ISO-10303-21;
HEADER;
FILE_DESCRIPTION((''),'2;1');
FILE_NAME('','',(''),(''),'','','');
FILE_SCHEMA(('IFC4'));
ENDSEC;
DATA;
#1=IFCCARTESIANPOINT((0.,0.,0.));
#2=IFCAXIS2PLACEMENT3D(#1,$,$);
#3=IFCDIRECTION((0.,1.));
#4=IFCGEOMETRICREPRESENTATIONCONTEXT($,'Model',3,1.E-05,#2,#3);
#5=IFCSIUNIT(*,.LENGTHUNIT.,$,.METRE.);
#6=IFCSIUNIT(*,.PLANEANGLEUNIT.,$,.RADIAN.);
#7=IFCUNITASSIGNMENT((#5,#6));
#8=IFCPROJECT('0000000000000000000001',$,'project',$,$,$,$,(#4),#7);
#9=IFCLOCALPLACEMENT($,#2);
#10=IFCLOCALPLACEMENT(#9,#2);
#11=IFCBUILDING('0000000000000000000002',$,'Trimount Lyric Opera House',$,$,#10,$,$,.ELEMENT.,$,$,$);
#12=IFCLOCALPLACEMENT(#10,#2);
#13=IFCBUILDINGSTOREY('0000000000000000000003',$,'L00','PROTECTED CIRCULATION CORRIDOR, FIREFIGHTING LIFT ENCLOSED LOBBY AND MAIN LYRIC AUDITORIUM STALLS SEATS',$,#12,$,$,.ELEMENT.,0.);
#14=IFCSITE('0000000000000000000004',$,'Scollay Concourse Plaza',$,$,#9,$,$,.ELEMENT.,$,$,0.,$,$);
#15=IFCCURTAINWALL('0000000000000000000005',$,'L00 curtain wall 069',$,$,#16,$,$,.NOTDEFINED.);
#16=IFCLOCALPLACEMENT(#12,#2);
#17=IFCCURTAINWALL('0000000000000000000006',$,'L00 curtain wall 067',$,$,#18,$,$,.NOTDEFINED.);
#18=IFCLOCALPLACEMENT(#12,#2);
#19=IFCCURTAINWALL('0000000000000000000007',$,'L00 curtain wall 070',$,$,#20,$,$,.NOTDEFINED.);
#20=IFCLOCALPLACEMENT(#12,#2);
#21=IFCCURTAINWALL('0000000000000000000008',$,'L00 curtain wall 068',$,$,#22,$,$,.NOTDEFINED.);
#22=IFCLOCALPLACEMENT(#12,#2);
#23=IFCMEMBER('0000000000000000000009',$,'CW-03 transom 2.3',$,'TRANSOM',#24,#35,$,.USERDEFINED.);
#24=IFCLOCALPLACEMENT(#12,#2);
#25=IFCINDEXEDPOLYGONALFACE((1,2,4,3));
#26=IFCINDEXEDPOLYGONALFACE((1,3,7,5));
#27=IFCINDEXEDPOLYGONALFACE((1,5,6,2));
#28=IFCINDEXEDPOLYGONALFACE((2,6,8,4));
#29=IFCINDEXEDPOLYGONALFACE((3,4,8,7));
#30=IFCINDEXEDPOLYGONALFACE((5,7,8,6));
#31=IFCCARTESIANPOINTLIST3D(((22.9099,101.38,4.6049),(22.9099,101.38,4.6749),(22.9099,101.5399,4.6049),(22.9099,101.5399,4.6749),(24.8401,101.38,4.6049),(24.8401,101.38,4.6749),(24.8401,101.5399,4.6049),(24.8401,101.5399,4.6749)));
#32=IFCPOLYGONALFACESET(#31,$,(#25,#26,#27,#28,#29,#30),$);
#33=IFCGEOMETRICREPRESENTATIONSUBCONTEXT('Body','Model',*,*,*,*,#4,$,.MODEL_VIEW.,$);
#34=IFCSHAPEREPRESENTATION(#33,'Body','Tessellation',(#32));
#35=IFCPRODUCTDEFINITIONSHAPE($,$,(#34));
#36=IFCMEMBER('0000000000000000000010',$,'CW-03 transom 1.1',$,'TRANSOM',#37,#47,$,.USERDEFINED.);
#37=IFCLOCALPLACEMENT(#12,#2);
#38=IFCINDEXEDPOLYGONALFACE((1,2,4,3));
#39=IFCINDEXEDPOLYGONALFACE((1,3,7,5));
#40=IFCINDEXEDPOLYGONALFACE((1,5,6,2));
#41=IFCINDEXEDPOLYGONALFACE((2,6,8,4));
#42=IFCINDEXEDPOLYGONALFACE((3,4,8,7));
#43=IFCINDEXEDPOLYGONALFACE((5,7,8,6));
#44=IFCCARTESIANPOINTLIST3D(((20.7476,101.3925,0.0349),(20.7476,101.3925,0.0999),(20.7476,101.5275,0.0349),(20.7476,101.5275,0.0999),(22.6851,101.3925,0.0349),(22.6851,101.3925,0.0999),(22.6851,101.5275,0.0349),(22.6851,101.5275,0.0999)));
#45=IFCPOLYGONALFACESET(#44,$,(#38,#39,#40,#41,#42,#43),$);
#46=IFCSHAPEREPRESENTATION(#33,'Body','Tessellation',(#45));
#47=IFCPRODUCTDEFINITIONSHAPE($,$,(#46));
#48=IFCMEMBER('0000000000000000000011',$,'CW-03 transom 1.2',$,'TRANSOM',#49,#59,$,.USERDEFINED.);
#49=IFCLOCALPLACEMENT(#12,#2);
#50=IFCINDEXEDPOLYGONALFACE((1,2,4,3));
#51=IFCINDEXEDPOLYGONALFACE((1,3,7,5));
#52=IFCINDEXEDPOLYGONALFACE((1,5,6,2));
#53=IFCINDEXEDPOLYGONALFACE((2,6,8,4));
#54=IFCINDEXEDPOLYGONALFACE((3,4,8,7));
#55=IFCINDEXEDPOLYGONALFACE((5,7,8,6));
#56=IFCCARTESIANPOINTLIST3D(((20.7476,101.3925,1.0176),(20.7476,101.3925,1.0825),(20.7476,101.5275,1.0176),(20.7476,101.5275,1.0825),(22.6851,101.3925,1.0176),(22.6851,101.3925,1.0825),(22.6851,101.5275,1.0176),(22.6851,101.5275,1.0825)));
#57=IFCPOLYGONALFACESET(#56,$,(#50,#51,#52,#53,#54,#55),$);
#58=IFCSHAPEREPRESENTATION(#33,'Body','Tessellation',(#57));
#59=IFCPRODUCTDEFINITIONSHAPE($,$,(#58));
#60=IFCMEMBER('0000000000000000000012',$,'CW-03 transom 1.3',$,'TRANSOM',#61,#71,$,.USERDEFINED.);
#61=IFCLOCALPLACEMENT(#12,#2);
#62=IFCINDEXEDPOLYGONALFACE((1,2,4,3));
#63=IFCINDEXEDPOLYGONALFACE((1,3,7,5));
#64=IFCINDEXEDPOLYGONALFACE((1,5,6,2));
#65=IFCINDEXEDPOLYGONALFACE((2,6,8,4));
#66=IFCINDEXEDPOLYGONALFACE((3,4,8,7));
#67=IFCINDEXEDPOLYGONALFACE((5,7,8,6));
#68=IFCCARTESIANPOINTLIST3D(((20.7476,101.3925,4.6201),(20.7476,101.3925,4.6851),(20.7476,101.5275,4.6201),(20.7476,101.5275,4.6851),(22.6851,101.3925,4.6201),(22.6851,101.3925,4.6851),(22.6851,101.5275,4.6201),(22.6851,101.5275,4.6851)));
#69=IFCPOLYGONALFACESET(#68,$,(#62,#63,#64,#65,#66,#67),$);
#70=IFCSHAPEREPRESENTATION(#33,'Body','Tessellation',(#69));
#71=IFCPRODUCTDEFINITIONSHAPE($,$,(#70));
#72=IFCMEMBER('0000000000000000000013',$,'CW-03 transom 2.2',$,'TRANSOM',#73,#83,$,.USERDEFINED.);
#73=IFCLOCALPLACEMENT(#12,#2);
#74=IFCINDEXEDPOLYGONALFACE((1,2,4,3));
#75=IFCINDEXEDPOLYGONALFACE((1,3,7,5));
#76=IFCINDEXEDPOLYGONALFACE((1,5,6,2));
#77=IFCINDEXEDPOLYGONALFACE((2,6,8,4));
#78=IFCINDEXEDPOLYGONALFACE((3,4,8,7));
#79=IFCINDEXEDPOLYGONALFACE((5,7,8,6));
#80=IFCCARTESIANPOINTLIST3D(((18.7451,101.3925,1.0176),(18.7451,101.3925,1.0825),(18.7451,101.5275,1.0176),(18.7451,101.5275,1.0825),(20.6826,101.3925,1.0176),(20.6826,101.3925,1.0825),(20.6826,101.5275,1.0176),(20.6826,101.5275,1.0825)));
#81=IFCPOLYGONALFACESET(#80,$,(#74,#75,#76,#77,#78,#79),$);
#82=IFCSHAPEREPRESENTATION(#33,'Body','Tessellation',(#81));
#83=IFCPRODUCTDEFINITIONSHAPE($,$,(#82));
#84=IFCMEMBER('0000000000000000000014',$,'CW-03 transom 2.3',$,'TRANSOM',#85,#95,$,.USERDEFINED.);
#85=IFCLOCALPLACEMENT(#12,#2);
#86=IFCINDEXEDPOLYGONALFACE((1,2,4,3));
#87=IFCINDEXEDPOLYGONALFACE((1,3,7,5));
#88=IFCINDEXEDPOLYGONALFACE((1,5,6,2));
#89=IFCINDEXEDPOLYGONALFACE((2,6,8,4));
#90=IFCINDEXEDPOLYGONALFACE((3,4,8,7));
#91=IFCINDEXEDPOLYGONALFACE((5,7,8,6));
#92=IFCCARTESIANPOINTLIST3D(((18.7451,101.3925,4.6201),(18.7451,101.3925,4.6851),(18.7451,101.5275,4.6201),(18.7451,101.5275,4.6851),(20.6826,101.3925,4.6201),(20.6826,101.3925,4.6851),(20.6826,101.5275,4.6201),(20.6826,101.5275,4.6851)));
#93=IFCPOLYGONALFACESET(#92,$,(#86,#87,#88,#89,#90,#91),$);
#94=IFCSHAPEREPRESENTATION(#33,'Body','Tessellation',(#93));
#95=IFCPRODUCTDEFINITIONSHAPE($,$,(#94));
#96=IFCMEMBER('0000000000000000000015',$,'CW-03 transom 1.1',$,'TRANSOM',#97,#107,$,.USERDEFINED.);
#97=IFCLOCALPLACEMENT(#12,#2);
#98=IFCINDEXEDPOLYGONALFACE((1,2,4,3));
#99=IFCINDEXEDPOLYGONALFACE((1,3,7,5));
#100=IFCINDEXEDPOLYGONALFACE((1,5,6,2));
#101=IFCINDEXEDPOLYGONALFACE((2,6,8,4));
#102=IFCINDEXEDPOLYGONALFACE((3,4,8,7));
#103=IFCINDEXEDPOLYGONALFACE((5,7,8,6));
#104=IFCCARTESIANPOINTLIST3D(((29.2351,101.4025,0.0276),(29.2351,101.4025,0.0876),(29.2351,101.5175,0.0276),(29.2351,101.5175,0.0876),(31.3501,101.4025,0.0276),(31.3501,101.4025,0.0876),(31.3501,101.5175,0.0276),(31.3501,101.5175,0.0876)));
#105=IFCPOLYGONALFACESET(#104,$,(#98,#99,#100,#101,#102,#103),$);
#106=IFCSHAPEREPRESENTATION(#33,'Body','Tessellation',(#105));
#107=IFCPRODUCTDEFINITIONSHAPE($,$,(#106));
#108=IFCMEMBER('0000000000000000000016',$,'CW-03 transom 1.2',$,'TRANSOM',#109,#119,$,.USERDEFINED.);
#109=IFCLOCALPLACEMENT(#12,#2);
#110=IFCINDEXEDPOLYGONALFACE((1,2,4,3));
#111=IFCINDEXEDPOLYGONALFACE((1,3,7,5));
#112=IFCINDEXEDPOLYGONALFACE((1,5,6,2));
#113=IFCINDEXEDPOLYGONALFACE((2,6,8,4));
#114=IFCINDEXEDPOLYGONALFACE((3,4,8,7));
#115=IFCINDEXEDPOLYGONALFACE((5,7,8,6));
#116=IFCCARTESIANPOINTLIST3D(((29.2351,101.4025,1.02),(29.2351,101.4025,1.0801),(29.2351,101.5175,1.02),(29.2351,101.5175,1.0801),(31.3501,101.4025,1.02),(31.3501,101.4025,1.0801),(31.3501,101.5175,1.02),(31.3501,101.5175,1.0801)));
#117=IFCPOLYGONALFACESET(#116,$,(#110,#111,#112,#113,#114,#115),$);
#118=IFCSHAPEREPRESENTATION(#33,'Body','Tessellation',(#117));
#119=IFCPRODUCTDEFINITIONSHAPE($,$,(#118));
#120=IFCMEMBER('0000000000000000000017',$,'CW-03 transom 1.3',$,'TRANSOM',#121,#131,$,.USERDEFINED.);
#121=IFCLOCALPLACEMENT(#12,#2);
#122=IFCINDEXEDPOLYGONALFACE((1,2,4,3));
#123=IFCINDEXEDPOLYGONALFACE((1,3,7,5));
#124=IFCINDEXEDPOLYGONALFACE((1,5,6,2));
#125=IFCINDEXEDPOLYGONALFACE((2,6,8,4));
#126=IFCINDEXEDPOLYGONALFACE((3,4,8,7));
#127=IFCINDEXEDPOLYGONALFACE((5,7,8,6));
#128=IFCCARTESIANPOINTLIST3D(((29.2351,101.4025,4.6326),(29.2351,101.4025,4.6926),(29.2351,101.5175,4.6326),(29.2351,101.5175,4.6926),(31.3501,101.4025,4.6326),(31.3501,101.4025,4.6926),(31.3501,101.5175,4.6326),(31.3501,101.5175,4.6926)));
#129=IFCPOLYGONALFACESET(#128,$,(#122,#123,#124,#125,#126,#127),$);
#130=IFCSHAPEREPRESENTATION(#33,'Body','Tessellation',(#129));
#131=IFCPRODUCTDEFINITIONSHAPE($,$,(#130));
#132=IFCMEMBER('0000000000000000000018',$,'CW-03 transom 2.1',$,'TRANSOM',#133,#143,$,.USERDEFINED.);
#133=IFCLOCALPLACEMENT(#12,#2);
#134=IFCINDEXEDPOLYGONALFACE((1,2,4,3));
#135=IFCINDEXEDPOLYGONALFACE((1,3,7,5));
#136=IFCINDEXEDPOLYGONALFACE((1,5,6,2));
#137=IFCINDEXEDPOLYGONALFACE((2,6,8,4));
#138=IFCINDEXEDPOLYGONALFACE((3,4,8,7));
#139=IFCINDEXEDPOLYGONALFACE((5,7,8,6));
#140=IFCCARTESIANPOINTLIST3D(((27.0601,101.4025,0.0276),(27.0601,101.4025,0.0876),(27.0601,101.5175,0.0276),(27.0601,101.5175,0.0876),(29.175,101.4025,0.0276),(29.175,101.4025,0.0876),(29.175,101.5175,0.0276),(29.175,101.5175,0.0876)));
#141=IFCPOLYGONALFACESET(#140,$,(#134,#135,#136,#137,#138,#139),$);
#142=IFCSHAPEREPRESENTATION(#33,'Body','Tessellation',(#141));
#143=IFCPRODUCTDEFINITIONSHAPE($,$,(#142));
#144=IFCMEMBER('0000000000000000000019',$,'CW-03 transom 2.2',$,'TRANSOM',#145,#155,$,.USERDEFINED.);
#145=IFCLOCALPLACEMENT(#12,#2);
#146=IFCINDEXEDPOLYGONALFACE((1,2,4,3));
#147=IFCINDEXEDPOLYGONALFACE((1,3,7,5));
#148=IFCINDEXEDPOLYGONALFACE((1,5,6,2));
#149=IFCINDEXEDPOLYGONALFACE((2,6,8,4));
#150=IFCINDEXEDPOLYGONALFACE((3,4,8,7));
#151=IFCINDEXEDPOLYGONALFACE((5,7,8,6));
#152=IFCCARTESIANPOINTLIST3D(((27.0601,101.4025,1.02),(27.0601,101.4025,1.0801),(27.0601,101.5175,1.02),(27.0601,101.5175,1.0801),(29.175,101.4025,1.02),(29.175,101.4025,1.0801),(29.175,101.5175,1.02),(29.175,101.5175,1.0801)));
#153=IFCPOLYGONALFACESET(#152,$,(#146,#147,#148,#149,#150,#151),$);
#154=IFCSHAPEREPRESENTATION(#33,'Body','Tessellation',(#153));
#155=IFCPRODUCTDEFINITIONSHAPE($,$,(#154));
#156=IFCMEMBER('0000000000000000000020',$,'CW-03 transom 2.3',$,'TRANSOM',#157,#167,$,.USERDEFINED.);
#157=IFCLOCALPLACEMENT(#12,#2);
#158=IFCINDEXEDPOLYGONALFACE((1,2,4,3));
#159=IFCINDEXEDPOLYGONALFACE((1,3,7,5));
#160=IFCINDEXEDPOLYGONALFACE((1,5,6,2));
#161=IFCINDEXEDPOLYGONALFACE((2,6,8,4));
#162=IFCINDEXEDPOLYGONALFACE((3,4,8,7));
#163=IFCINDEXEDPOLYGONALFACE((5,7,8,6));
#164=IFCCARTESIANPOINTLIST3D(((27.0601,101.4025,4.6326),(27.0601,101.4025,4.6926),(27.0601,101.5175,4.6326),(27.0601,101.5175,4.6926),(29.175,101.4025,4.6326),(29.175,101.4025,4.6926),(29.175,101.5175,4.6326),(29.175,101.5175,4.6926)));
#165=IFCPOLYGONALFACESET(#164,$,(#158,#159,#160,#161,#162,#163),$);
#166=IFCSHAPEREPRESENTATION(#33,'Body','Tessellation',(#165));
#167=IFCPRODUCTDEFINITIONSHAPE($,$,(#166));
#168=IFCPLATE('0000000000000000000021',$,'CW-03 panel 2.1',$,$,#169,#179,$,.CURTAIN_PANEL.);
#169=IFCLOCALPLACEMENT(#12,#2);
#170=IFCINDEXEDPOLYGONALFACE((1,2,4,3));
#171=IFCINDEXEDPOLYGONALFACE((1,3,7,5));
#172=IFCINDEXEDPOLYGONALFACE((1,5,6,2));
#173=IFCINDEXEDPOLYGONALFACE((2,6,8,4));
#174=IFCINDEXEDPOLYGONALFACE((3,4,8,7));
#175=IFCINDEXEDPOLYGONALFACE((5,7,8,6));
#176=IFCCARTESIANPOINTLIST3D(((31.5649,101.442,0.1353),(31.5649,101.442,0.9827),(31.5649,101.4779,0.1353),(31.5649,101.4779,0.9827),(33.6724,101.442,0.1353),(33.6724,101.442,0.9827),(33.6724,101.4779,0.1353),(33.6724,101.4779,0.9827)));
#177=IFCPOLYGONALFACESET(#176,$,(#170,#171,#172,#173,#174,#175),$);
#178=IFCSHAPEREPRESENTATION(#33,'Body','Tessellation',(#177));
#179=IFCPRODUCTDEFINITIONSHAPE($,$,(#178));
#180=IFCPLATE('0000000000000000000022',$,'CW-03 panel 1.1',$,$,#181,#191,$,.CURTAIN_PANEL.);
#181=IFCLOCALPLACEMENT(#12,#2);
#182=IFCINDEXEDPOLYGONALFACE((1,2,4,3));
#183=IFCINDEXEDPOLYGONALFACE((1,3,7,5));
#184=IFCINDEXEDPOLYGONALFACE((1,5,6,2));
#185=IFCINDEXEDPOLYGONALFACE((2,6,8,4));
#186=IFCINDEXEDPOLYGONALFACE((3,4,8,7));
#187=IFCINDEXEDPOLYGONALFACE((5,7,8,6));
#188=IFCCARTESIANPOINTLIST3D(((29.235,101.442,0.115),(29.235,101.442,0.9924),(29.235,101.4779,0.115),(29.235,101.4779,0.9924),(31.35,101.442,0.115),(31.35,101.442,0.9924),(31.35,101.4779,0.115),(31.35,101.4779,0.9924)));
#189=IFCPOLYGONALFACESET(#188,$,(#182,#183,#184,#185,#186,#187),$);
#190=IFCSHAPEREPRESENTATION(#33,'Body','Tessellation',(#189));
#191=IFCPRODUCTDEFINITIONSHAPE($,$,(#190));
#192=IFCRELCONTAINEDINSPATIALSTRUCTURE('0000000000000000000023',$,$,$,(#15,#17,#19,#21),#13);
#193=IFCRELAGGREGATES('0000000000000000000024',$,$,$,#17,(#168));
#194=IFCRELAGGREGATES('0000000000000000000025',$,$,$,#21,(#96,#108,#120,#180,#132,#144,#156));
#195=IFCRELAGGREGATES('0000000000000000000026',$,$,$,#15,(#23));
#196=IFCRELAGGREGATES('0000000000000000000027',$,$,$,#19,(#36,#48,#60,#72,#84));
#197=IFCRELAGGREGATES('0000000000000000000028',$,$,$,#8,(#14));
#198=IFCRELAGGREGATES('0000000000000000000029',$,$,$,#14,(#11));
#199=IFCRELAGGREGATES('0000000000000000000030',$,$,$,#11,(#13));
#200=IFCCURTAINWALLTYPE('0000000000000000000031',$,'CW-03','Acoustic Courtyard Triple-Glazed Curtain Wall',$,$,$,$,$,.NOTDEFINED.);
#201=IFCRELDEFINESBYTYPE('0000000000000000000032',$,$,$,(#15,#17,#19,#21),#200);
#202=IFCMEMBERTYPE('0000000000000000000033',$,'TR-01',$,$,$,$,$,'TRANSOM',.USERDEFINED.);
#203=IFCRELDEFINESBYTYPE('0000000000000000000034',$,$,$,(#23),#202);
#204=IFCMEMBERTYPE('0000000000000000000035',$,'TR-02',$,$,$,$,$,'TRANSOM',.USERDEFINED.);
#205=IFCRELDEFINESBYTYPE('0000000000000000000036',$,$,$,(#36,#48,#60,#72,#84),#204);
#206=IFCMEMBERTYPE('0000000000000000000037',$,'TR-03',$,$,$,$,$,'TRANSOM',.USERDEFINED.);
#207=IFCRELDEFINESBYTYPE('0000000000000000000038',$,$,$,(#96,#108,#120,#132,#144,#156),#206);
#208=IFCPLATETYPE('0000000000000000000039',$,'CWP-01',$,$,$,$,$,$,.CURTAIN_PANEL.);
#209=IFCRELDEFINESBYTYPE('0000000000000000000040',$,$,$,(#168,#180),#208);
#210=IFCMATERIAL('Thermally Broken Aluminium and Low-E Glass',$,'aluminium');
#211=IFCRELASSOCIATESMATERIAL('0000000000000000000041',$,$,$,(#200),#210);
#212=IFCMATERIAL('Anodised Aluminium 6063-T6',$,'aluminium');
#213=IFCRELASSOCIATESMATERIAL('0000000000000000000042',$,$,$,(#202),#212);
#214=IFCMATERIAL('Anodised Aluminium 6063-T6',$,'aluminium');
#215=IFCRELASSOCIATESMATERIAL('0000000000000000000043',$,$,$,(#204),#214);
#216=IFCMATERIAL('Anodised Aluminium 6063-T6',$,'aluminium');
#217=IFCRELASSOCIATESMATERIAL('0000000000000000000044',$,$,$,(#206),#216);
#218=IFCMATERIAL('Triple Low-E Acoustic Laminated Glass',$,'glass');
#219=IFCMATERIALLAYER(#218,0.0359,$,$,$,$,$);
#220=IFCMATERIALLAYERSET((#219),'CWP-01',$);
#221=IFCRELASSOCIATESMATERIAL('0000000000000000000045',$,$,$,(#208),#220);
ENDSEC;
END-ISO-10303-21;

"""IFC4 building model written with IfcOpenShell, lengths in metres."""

from ifc_helpers import new_model, si_unit, direction, frame, origin, origin_2d, place, context, subcontext, project, spatial, rectangle, extrude, material, layer, layer_set, material_profile, profile_set, type_object, element, aggregate, save


model = new_model("IFC4")

# Units and contexts
model_context = context("Model", 3, precision=1e-05, world=origin(), true_north=direction((0.0, 1.0)))
body_context = subcontext(model_context, "Body", "Model", "MODEL_VIEW")
ifc_project = project(units=[si_unit("LENGTHUNIT", "METRE"), si_unit("PLANEANGLEUNIT", "RADIAN")], contexts=[model_context])

# Site, building, storey
site_placement = place(None, origin())
site = spatial("IfcSite", under=ifc_project, at=site_placement, Name="Scollay Concourse Plaza", CompositionType="ELEMENT", RefElevation=0.0)
building_placement = place(site_placement, origin())
building = spatial("IfcBuilding", under=site, at=building_placement, Name="Trimount Lyric Opera House", CompositionType="ELEMENT")
storey_placement = place(building_placement, origin())
storey = spatial("IfcBuildingStorey", under=building, at=storey_placement, Name="L00", Description="PROTECTED CIRCULATION CORRIDOR, FIREFIGHTING LIFT ENCLOSED LOBBY AND MAIN LYRIC AUDITORIUM STALLS SEATS", CompositionType="ELEMENT", Elevation=0.0)

# Curtain wall
ifc_material_1 = material(Name="Thermally Broken Aluminium and Low-E Glass", Category="aluminium")
curtain_wall_type = type_object("IfcCurtainWallType", Name="CW-03", Description="Acoustic Courtyard Triple-Glazed Curtain Wall", PredefinedType="NOTDEFINED", material=ifc_material_1)
curtain_wall_1_placement = place(storey_placement, origin())
curtain_wall_1 = element("IfcCurtainWall", 1, at=curtain_wall_1_placement, inside=storey, type_object=curtain_wall_type, Name="L00 curtain wall 069", PredefinedType="NOTDEFINED")

# Curtain wall
curtain_wall_2_placement = place(storey_placement, origin())
curtain_wall_2 = element("IfcCurtainWall", 2, at=curtain_wall_2_placement, inside=storey, type_object=curtain_wall_type, Name="L00 curtain wall 067", PredefinedType="NOTDEFINED")

# Curtain walls
curtain_wall_3_placement = place(storey_placement, origin())
curtain_wall_3 = element("IfcCurtainWall", 3, at=curtain_wall_3_placement, inside=storey, type_object=curtain_wall_type, Name="L00 curtain wall 070", PredefinedType="NOTDEFINED")
curtain_wall_4_placement = place(storey_placement, origin())
curtain_wall_4 = element("IfcCurtainWall", 4, at=curtain_wall_4_placement, inside=storey, type_object=curtain_wall_type, Name="L00 curtain wall 068", PredefinedType="NOTDEFINED")

# Members
ifc_material_2 = material(Name="Anodised Aluminium 6063-T6", Category="aluminium")
ifc_material_profile_1 = material_profile(ifc_material_2, rectangle(XDim=0.1599, YDim=0.0701, at=origin_2d()), Name="ALU-TRAN-70X160")
ifc_profile_set_1 = profile_set([ifc_material_profile_1], Name="Anodised Aluminium 6063-T6")
member_type_1 = type_object("IfcMemberType", Name="TR-01", ElementType="TRANSOM", PredefinedType="USERDEFINED", material=ifc_profile_set_1)
member_1_placement = place(storey_placement, frame((24.8401, 101.46, 4.6399), z_axis=(-1.0, 0.0, 0.0), x_axis=(0.0, -1.0, 0.0)))
member_1 = element("IfcMember", 5, at=member_1_placement, type_object=member_type_1, Name="CW-03 transom 2.3", ObjectType="TRANSOM", PredefinedType="USERDEFINED", context=body_context, shape_type="SweptSolid", body=[
    extrude(rectangle(XDim=0.1599, YDim=0.0701, at=origin_2d()), origin(), (0.0, 0.0, 1.0), 1.9302),
])
ifc_material_3 = material(Name="Anodised Aluminium 6063-T6", Category="aluminium")
ifc_material_profile_2 = material_profile(ifc_material_3, rectangle(XDim=0.135, YDim=0.0649, at=origin_2d()), Name="ALU-TRAN-65X135")
ifc_profile_set_2 = profile_set([ifc_material_profile_2], Name="Anodised Aluminium 6063-T6")
member_type_2 = type_object("IfcMemberType", Name="TR-02", ElementType="TRANSOM", PredefinedType="USERDEFINED", material=ifc_profile_set_2)
member_2_placement = place(storey_placement, frame((22.6851, 101.46, 0.0674), z_axis=(-1.0, 0.0, 0.0), x_axis=(0.0, -1.0, 0.0)))
member_2 = element("IfcMember", 6, at=member_2_placement, type_object=member_type_2, Name="CW-03 transom 1.1", ObjectType="TRANSOM", PredefinedType="USERDEFINED", context=body_context, shape_type="SweptSolid", body=[
    extrude(rectangle(XDim=0.135, YDim=0.0649, at=origin_2d()), origin(), (0.0, 0.0, 1.0), 1.9375),
])
member_3_placement = place(storey_placement, frame((22.6851, 101.46, 1.05), z_axis=(-1.0, 0.0, 0.0), x_axis=(0.0, -1.0, 0.0)))
member_3 = element("IfcMember", 7, at=member_3_placement, type_object=member_type_2, Name="CW-03 transom 1.2", ObjectType="TRANSOM", PredefinedType="USERDEFINED", context=body_context, shape_type="SweptSolid", body=[
    extrude(rectangle(XDim=0.135, YDim=0.0649, at=origin_2d()), origin(), (0.0, 0.0, 1.0), 1.9375),
])
member_4_placement = place(storey_placement, frame((22.6851, 101.46, 4.6526), z_axis=(-1.0, 0.0, 0.0), x_axis=(0.0, -1.0, 0.0)))
member_4 = element("IfcMember", 8, at=member_4_placement, type_object=member_type_2, Name="CW-03 transom 1.3", ObjectType="TRANSOM", PredefinedType="USERDEFINED", context=body_context, shape_type="SweptSolid", body=[
    extrude(rectangle(XDim=0.135, YDim=0.0649, at=origin_2d()), origin(), (0.0, 0.0, 1.0), 1.9375),
])
member_5_placement = place(storey_placement, frame((20.6826, 101.46, 1.05), z_axis=(-1.0, 0.0, 0.0), x_axis=(0.0, -1.0, 0.0)))
member_5 = element("IfcMember", 9, at=member_5_placement, type_object=member_type_2, Name="CW-03 transom 2.2", ObjectType="TRANSOM", PredefinedType="USERDEFINED", context=body_context, shape_type="SweptSolid", body=[
    extrude(rectangle(XDim=0.135, YDim=0.0649, at=origin_2d()), origin(), (0.0, 0.0, 1.0), 1.9375),
])
member_6_placement = place(storey_placement, frame((20.6826, 101.46, 4.6526), z_axis=(-1.0, 0.0, 0.0), x_axis=(0.0, -1.0, 0.0)))
member_6 = element("IfcMember", 10, at=member_6_placement, type_object=member_type_2, Name="CW-03 transom 2.3", ObjectType="TRANSOM", PredefinedType="USERDEFINED", context=body_context, shape_type="SweptSolid", body=[
    extrude(rectangle(XDim=0.135, YDim=0.0649, at=origin_2d()), origin(), (0.0, 0.0, 1.0), 1.9375),
])
ifc_material_4 = material(Name="Anodised Aluminium 6063-T6", Category="aluminium")
ifc_material_profile_3 = material_profile(ifc_material_4, rectangle(XDim=0.115, YDim=0.0601, at=origin_2d()), Name="ALU-TRAN-60X115")
ifc_profile_set_3 = profile_set([ifc_material_profile_3], Name="Anodised Aluminium 6063-T6")
member_type_3 = type_object("IfcMemberType", Name="TR-03", ElementType="TRANSOM", PredefinedType="USERDEFINED", material=ifc_profile_set_3)
member_7_placement = place(storey_placement, frame((31.3501, 101.46, 0.0576), z_axis=(-1.0, 0.0, 0.0), x_axis=(0.0, -1.0, 0.0)))
member_7 = element("IfcMember", 11, at=member_7_placement, type_object=member_type_3, Name="CW-03 transom 1.1", ObjectType="TRANSOM", PredefinedType="USERDEFINED", context=body_context, shape_type="SweptSolid", body=[
    extrude(rectangle(XDim=0.115, YDim=0.0601, at=origin_2d()), origin(), (0.0, 0.0, 1.0), 2.115),
])
member_8_placement = place(storey_placement, frame((31.3501, 101.46, 1.05), z_axis=(-1.0, 0.0, 0.0), x_axis=(0.0, -1.0, 0.0)))
member_8 = element("IfcMember", 12, at=member_8_placement, type_object=member_type_3, Name="CW-03 transom 1.2", ObjectType="TRANSOM", PredefinedType="USERDEFINED", context=body_context, shape_type="SweptSolid", body=[
    extrude(rectangle(XDim=0.115, YDim=0.0601, at=origin_2d()), origin(), (0.0, 0.0, 1.0), 2.115),
])
member_9_placement = place(storey_placement, frame((31.3501, 101.46, 4.6626), z_axis=(-1.0, 0.0, 0.0), x_axis=(0.0, -1.0, 0.0)))
member_9 = element("IfcMember", 13, at=member_9_placement, type_object=member_type_3, Name="CW-03 transom 1.3", ObjectType="TRANSOM", PredefinedType="USERDEFINED", context=body_context, shape_type="SweptSolid", body=[
    extrude(rectangle(XDim=0.115, YDim=0.0601, at=origin_2d()), origin(), (0.0, 0.0, 1.0), 2.115),
])
member_10_placement = place(storey_placement, frame((29.175, 101.46, 0.0576), z_axis=(-1.0, 0.0, 0.0), x_axis=(0.0, -1.0, 0.0)))
member_10 = element("IfcMember", 14, at=member_10_placement, type_object=member_type_3, Name="CW-03 transom 2.1", ObjectType="TRANSOM", PredefinedType="USERDEFINED", context=body_context, shape_type="SweptSolid", body=[
    extrude(rectangle(XDim=0.115, YDim=0.0601, at=origin_2d()), origin(), (0.0, 0.0, 1.0), 2.115),
])
member_11_placement = place(storey_placement, frame((29.175, 101.46, 1.05), z_axis=(-1.0, 0.0, 0.0), x_axis=(0.0, -1.0, 0.0)))
member_11 = element("IfcMember", 15, at=member_11_placement, type_object=member_type_3, Name="CW-03 transom 2.2", ObjectType="TRANSOM", PredefinedType="USERDEFINED", context=body_context, shape_type="SweptSolid", body=[
    extrude(rectangle(XDim=0.115, YDim=0.0601, at=origin_2d()), origin(), (0.0, 0.0, 1.0), 2.115),
])
member_12_placement = place(storey_placement, frame((29.175, 101.46, 4.6626), z_axis=(-1.0, 0.0, 0.0), x_axis=(0.0, -1.0, 0.0)))
member_12 = element("IfcMember", 16, at=member_12_placement, type_object=member_type_3, Name="CW-03 transom 2.3", ObjectType="TRANSOM", PredefinedType="USERDEFINED", context=body_context, shape_type="SweptSolid", body=[
    extrude(rectangle(XDim=0.115, YDim=0.0601, at=origin_2d()), origin(), (0.0, 0.0, 1.0), 2.115),
])

# Plates
ifc_material_5 = material(Name="Triple Low-E Acoustic Laminated Glass", Category="glass")
ifc_layer_1 = layer(ifc_material_5, 0.0359)
ifc_layer_set_1 = layer_set([ifc_layer_1], Name="CWP-01")
plate_type_1 = type_object("IfcPlateType", Name="CWP-01", PredefinedType="CURTAIN_PANEL", material=ifc_layer_set_1)
plate_1_placement = place(storey_placement, frame((32.6187, 101.46, 0.1353), z_axis=(0.0, 0.0, 1.0), x_axis=(-1.0, 0.0, 0.0)))
plate_1 = element("IfcPlate", 17, at=plate_1_placement, type_object=plate_type_1, Name="CW-03 panel 2.1", PredefinedType="CURTAIN_PANEL", context=body_context, shape_type="SweptSolid", body=[
    extrude(rectangle(XDim=2.1074, YDim=0.0359, at=origin_2d()), origin(), (0.0, 0.0, 1.0), 0.8474),
])
plate_2_placement = place(storey_placement, frame((30.2925, 101.46, 0.115), z_axis=(0.0, 0.0, 1.0), x_axis=(-1.0, 0.0, 0.0)))
plate_2 = element("IfcPlate", 18, at=plate_2_placement, type_object=plate_type_1, Name="CW-03 panel 1.1", PredefinedType="CURTAIN_PANEL", context=body_context, shape_type="SweptSolid", body=[
    extrude(rectangle(XDim=2.115, YDim=0.0359, at=origin_2d()), origin(), (0.0, 0.0, 1.0), 0.8774),
])
aggregate(curtain_wall_2, [plate_1])
aggregate(curtain_wall_4, [member_7, member_8, member_9, plate_2, member_10, member_11, member_12])
aggregate(curtain_wall_1, [member_1])
aggregate(curtain_wall_3, [member_2, member_3, member_4, member_5, member_6])

save(model, "model.ifc")
